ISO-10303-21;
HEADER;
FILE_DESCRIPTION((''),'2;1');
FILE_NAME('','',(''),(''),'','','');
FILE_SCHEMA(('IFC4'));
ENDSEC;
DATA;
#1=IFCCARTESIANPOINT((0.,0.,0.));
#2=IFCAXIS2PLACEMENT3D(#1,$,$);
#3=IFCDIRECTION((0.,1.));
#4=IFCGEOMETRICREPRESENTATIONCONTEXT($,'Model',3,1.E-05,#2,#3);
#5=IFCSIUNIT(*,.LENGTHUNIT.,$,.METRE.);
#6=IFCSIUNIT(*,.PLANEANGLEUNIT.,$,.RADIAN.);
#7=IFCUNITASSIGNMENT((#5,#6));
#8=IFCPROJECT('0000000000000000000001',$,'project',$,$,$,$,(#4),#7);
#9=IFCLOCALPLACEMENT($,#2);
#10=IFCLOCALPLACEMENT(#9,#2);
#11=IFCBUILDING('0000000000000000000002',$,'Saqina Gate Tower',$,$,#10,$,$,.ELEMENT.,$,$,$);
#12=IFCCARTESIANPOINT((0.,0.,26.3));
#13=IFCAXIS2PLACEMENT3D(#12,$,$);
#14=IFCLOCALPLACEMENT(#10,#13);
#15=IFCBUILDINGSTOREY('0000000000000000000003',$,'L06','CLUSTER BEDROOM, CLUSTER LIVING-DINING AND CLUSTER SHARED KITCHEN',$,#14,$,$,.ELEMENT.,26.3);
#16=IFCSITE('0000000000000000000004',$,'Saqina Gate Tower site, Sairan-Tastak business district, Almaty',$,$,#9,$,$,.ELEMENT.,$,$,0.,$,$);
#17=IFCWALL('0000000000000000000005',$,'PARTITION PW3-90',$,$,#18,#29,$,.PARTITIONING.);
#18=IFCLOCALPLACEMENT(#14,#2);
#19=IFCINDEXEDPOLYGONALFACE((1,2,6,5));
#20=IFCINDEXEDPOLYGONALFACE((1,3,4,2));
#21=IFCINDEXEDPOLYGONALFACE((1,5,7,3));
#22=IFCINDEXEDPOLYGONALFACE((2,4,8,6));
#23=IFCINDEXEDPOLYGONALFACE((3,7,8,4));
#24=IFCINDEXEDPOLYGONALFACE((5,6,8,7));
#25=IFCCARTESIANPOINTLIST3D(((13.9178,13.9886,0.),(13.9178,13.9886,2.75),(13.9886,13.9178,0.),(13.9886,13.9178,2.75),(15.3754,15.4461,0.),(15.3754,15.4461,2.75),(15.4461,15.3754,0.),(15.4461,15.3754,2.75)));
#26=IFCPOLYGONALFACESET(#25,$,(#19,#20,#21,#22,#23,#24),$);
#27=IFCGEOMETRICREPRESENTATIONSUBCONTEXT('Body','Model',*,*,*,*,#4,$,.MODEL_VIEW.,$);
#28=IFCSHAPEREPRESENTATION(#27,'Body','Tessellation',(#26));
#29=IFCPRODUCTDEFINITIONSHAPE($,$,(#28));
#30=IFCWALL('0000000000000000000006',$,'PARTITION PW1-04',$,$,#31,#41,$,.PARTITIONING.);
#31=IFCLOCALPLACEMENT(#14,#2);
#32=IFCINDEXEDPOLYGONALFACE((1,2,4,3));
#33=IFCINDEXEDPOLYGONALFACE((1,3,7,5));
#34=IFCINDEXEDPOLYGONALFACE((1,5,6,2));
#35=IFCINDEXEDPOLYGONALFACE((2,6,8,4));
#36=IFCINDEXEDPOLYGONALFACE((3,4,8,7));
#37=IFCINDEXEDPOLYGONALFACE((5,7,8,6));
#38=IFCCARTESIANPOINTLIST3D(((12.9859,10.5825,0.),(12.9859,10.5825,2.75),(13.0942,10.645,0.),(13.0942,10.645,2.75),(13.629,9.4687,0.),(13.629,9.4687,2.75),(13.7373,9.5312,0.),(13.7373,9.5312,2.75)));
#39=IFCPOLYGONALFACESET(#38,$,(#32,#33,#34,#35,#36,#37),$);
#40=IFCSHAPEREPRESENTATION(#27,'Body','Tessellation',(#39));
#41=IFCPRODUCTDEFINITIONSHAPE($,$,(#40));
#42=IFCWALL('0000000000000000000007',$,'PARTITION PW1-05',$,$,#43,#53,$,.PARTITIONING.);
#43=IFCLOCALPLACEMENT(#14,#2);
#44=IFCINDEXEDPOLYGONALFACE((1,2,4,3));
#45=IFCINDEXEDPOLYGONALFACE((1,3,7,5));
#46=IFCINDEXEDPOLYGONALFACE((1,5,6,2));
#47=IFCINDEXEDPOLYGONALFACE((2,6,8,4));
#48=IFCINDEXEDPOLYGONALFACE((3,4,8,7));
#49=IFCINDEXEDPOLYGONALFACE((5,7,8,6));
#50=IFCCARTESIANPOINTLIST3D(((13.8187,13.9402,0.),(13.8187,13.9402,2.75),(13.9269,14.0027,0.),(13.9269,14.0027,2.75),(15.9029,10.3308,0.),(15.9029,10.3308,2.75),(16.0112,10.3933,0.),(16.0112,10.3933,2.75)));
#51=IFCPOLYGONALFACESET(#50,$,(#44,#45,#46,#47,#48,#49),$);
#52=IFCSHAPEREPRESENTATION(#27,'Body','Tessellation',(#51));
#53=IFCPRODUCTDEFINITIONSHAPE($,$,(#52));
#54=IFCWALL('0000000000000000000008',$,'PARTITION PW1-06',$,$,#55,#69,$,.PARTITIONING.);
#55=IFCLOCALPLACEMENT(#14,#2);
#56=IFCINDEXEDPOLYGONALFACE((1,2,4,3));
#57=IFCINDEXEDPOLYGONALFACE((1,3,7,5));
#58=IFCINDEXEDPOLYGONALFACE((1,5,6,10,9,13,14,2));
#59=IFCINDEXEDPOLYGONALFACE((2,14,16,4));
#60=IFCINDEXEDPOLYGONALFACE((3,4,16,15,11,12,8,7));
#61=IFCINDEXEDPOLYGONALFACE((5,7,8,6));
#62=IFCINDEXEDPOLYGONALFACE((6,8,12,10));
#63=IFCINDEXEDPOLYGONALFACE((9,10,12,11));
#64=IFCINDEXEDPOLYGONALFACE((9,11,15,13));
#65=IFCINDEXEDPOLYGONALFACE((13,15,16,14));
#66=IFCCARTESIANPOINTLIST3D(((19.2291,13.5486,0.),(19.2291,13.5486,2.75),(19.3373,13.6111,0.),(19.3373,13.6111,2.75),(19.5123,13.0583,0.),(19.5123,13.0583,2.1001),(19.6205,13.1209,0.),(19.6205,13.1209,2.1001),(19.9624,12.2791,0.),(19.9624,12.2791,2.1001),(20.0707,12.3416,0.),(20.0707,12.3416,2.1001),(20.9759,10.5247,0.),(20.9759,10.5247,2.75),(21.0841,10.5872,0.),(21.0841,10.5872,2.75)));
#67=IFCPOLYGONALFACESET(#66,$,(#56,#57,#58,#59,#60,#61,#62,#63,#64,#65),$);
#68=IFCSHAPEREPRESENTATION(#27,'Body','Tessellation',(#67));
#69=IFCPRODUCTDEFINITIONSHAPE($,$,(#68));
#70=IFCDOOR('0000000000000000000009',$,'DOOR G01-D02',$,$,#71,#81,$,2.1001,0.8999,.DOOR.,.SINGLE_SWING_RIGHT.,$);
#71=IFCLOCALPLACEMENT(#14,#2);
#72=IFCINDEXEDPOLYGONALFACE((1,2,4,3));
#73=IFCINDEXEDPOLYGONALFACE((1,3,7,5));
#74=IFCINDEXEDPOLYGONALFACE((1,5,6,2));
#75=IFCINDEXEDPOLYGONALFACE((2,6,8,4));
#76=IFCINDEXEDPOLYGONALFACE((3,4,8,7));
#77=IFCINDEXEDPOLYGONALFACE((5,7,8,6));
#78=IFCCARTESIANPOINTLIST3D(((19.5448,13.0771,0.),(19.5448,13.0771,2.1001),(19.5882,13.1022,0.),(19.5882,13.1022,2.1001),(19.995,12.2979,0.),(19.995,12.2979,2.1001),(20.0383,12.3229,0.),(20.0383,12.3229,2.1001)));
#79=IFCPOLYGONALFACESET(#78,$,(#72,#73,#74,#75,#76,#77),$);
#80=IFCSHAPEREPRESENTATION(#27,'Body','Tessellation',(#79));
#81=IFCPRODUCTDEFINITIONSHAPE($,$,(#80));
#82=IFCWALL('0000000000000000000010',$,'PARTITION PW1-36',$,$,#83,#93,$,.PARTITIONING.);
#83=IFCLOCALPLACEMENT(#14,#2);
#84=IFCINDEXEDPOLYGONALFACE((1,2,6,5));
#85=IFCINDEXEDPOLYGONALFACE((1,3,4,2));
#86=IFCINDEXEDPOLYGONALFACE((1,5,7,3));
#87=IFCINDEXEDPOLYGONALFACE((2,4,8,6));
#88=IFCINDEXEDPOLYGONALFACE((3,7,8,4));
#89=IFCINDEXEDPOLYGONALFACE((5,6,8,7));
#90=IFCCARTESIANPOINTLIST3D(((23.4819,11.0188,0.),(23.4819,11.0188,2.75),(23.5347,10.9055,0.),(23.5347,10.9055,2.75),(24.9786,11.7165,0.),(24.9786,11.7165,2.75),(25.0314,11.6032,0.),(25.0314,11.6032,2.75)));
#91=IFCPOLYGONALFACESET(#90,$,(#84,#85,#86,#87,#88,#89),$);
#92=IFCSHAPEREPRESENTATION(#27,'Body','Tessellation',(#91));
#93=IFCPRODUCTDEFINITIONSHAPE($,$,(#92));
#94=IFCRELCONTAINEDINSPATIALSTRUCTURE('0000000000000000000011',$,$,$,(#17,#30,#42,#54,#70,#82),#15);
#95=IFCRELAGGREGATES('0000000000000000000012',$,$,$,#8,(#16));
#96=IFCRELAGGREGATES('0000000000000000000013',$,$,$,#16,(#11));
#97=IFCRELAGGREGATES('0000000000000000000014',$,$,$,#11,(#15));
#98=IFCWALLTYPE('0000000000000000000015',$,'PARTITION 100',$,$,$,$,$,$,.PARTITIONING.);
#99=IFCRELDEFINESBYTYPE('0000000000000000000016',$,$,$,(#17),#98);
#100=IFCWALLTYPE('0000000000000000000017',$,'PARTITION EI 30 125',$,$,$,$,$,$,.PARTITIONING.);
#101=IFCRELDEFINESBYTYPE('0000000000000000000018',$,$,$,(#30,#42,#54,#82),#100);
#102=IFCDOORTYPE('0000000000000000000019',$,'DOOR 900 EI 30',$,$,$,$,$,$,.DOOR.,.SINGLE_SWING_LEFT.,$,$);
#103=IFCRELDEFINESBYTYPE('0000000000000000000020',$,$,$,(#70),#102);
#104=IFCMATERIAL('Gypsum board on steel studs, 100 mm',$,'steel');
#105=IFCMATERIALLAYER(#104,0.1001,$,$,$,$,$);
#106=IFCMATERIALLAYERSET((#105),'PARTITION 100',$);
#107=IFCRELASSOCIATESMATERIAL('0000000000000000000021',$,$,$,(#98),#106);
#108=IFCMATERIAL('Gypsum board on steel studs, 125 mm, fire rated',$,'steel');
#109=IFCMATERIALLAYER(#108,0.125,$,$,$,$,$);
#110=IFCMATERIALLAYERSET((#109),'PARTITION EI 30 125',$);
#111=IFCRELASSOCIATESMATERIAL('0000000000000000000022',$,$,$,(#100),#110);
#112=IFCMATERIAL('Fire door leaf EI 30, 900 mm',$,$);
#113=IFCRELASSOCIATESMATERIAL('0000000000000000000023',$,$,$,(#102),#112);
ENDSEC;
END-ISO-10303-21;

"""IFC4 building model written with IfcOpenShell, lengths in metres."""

from ifc_helpers import new_model, si_unit, direction, frame, frame_2d, origin, place, context, subcontext, project, spatial, rectangle, extrude, material, layer, layer_set, type_object, element, fill, save


model = new_model("IFC4")

# Units and contexts
model_context = context("Model", 3, precision=1e-05, world=origin(), true_north=direction((0.0, 1.0)))
body_context = subcontext(model_context, "Body", "Model", "MODEL_VIEW")
ifc_project = project(units=[si_unit("LENGTHUNIT", "METRE"), si_unit("PLANEANGLEUNIT", "RADIAN")], contexts=[model_context])

# Site, building, storey
site_placement = place(None, origin())
site = spatial("IfcSite", under=ifc_project, at=site_placement, Name="Saqina Gate Tower site, Sairan-Tastak business district, Almaty", CompositionType="ELEMENT", RefElevation=0.0)
building_placement = place(site_placement, origin())
building = spatial("IfcBuilding", under=site, at=building_placement, Name="Saqina Gate Tower", CompositionType="ELEMENT")
storey_placement = place(building_placement, frame((0.0, 0.0, 26.3)))
storey = spatial("IfcBuildingStorey", under=building, at=storey_placement, Name="L06", Description="CLUSTER BEDROOM, CLUSTER LIVING-DINING AND CLUSTER SHARED KITCHEN", CompositionType="ELEMENT", Elevation=26.3)

# Shared definitions
ifc_material_1 = material(Name="Gypsum board on steel studs, 100 mm", Category="steel")
ifc_layer_1 = layer(ifc_material_1, 0.1001)
ifc_layer_set_1 = layer_set([ifc_layer_1], Name="PARTITION 100")
wall_type_1 = type_object("IfcWallType", Name="PARTITION 100", PredefinedType="PARTITIONING", material=ifc_layer_set_1)

# Walls
wall_1_placement = place(storey_placement, frame((13.9531, 13.9531, 0.0), z_axis=(0.0, 0.0, 1.0), x_axis=(0.707107, 0.707107, 0.0)))
element("IfcWall", 1, at=wall_1_placement, inside=storey, type_object=wall_type_1, Name="PARTITION PW3-90", PredefinedType="PARTITIONING", context=body_context, shape_type="SweptSolid", body=[
    extrude(rectangle(XDim=2.0613, YDim=0.1001, at=frame_2d((1.0308, 0.0))), origin(), (0.0, 0.0, 1.0), 2.75),
])
ifc_material_2 = material(Name="Gypsum board on steel studs, 125 mm, fire rated", Category="steel")
ifc_layer_2 = layer(ifc_material_2, 0.125)
ifc_layer_set_2 = layer_set([ifc_layer_2], Name="PARTITION EI 30 125")
wall_type_2 = type_object("IfcWallType", Name="PARTITION EI 30 125", PredefinedType="PARTITIONING", material=ifc_layer_set_2)
wall_2_placement = place(storey_placement, frame((13.04, 10.6138, 0.0), z_axis=(0.0, 0.0, 1.0), x_axis=(0.500018, -0.866015, 0.0)))
element("IfcWall", 2, at=wall_2_placement, inside=storey, type_object=wall_type_2, Name="PARTITION PW1-04", PredefinedType="PARTITIONING", context=body_context, shape_type="SweptSolid", body=[
    extrude(rectangle(XDim=1.2861, YDim=0.125, at=frame_2d((0.6431, 0.0))), origin(), (0.0, 0.0, 1.0), 2.75),
])
wall_3_placement = place(storey_placement, frame((13.8728, 13.9714, 0.0), z_axis=(0.0, 0.0, 1.0), x_axis=(0.500064, -0.865989, 0.0)))
element("IfcWall", 3, at=wall_3_placement, inside=storey, type_object=wall_type_2, Name="PARTITION PW1-05", PredefinedType="PARTITIONING", context=body_context, shape_type="SweptSolid", body=[
    extrude(rectangle(XDim=4.168, YDim=0.125, at=frame_2d((2.084, 0.0))), origin(), (0.0, 0.0, 1.0), 2.75),
])

# Wall, opening, door
wall_4_placement = place(storey_placement, frame((19.2832, 13.5798, 0.0), z_axis=(0.0, 0.0, 1.0), x_axis=(0.500207, -0.865906, 0.0)))
wall_4 = element("IfcWall", 4, at=wall_4_placement, inside=storey, type_object=wall_type_2, Name="PARTITION PW1-06", PredefinedType="PARTITIONING", context=body_context, shape_type="SweptSolid", body=[
    extrude(rectangle(XDim=3.4922, YDim=0.125, at=frame_2d((1.7461, 0.0))), origin(), (0.0, 0.0, 1.0), 2.75),
])
opening_1_placement = place(wall_4_placement, frame((0.5662, 0.0, 0.0)))
opening_1 = element("IfcOpeningElement", 5, at=opening_1_placement, cuts=wall_4, PredefinedType="OPENING", context=body_context, shape_type="SweptSolid", body=[
    extrude(rectangle(XDim=0.8999, YDim=2.1001, at=frame_2d((0.45, 1.05))), frame((0.0, 0.0745, 0.0), z_axis=(0.0, -1.0, 0.0), x_axis=(1.0, 0.0, 0.0)), (0.0, 0.0, 1.0), 0.1489),
])
ifc_material_3 = material(Name="Fire door leaf EI 30, 900 mm")
door_type_1 = type_object("IfcDoorType", Name="DOOR 900 EI 30", OperationType="SINGLE_SWING_LEFT", PredefinedType="DOOR", material=ifc_material_3)
door_1_placement = place(opening_1_placement, frame((0.8999, 0.0, 0.0), z_axis=(0.0, 0.0, 1.0), x_axis=(-1.0, 0.0, 0.0)))
door_1 = element("IfcDoor", 6, at=door_1_placement, inside=storey, type_object=door_type_1, Name="DOOR G01-D02", OperationType="SINGLE_SWING_RIGHT", OverallHeight=2.1001, OverallWidth=0.8999, PredefinedType="DOOR", context=body_context, shape_type="SweptSolid", body=[
    extrude(rectangle(XDim=0.8999, YDim=2.1001, at=frame_2d((0.45, 1.05))), frame((0.0, 0.0249, 0.0), z_axis=(0.0, -1.0, 0.0), x_axis=(1.0, 0.0, 0.0)), (0.0, 0.0, 1.0), 0.05),
])
fill(opening_1, door_1)

# Wall
wall_5_placement = place(storey_placement, frame((23.5083, 10.9622, 0.0), z_axis=(0.0, 0.0, 1.0), x_axis=(0.906361, 0.422505, 0.0)))
element("IfcWall", 7, at=wall_5_placement, inside=storey, type_object=wall_type_2, Name="PARTITION PW1-36", PredefinedType="PARTITIONING", context=body_context, shape_type="SweptSolid", body=[
    extrude(rectangle(XDim=1.6514, YDim=0.125, at=frame_2d((0.8257, 0.0))), origin(), (0.0, 0.0, 1.0), 2.75),
])

save(model, "model.ifc")
